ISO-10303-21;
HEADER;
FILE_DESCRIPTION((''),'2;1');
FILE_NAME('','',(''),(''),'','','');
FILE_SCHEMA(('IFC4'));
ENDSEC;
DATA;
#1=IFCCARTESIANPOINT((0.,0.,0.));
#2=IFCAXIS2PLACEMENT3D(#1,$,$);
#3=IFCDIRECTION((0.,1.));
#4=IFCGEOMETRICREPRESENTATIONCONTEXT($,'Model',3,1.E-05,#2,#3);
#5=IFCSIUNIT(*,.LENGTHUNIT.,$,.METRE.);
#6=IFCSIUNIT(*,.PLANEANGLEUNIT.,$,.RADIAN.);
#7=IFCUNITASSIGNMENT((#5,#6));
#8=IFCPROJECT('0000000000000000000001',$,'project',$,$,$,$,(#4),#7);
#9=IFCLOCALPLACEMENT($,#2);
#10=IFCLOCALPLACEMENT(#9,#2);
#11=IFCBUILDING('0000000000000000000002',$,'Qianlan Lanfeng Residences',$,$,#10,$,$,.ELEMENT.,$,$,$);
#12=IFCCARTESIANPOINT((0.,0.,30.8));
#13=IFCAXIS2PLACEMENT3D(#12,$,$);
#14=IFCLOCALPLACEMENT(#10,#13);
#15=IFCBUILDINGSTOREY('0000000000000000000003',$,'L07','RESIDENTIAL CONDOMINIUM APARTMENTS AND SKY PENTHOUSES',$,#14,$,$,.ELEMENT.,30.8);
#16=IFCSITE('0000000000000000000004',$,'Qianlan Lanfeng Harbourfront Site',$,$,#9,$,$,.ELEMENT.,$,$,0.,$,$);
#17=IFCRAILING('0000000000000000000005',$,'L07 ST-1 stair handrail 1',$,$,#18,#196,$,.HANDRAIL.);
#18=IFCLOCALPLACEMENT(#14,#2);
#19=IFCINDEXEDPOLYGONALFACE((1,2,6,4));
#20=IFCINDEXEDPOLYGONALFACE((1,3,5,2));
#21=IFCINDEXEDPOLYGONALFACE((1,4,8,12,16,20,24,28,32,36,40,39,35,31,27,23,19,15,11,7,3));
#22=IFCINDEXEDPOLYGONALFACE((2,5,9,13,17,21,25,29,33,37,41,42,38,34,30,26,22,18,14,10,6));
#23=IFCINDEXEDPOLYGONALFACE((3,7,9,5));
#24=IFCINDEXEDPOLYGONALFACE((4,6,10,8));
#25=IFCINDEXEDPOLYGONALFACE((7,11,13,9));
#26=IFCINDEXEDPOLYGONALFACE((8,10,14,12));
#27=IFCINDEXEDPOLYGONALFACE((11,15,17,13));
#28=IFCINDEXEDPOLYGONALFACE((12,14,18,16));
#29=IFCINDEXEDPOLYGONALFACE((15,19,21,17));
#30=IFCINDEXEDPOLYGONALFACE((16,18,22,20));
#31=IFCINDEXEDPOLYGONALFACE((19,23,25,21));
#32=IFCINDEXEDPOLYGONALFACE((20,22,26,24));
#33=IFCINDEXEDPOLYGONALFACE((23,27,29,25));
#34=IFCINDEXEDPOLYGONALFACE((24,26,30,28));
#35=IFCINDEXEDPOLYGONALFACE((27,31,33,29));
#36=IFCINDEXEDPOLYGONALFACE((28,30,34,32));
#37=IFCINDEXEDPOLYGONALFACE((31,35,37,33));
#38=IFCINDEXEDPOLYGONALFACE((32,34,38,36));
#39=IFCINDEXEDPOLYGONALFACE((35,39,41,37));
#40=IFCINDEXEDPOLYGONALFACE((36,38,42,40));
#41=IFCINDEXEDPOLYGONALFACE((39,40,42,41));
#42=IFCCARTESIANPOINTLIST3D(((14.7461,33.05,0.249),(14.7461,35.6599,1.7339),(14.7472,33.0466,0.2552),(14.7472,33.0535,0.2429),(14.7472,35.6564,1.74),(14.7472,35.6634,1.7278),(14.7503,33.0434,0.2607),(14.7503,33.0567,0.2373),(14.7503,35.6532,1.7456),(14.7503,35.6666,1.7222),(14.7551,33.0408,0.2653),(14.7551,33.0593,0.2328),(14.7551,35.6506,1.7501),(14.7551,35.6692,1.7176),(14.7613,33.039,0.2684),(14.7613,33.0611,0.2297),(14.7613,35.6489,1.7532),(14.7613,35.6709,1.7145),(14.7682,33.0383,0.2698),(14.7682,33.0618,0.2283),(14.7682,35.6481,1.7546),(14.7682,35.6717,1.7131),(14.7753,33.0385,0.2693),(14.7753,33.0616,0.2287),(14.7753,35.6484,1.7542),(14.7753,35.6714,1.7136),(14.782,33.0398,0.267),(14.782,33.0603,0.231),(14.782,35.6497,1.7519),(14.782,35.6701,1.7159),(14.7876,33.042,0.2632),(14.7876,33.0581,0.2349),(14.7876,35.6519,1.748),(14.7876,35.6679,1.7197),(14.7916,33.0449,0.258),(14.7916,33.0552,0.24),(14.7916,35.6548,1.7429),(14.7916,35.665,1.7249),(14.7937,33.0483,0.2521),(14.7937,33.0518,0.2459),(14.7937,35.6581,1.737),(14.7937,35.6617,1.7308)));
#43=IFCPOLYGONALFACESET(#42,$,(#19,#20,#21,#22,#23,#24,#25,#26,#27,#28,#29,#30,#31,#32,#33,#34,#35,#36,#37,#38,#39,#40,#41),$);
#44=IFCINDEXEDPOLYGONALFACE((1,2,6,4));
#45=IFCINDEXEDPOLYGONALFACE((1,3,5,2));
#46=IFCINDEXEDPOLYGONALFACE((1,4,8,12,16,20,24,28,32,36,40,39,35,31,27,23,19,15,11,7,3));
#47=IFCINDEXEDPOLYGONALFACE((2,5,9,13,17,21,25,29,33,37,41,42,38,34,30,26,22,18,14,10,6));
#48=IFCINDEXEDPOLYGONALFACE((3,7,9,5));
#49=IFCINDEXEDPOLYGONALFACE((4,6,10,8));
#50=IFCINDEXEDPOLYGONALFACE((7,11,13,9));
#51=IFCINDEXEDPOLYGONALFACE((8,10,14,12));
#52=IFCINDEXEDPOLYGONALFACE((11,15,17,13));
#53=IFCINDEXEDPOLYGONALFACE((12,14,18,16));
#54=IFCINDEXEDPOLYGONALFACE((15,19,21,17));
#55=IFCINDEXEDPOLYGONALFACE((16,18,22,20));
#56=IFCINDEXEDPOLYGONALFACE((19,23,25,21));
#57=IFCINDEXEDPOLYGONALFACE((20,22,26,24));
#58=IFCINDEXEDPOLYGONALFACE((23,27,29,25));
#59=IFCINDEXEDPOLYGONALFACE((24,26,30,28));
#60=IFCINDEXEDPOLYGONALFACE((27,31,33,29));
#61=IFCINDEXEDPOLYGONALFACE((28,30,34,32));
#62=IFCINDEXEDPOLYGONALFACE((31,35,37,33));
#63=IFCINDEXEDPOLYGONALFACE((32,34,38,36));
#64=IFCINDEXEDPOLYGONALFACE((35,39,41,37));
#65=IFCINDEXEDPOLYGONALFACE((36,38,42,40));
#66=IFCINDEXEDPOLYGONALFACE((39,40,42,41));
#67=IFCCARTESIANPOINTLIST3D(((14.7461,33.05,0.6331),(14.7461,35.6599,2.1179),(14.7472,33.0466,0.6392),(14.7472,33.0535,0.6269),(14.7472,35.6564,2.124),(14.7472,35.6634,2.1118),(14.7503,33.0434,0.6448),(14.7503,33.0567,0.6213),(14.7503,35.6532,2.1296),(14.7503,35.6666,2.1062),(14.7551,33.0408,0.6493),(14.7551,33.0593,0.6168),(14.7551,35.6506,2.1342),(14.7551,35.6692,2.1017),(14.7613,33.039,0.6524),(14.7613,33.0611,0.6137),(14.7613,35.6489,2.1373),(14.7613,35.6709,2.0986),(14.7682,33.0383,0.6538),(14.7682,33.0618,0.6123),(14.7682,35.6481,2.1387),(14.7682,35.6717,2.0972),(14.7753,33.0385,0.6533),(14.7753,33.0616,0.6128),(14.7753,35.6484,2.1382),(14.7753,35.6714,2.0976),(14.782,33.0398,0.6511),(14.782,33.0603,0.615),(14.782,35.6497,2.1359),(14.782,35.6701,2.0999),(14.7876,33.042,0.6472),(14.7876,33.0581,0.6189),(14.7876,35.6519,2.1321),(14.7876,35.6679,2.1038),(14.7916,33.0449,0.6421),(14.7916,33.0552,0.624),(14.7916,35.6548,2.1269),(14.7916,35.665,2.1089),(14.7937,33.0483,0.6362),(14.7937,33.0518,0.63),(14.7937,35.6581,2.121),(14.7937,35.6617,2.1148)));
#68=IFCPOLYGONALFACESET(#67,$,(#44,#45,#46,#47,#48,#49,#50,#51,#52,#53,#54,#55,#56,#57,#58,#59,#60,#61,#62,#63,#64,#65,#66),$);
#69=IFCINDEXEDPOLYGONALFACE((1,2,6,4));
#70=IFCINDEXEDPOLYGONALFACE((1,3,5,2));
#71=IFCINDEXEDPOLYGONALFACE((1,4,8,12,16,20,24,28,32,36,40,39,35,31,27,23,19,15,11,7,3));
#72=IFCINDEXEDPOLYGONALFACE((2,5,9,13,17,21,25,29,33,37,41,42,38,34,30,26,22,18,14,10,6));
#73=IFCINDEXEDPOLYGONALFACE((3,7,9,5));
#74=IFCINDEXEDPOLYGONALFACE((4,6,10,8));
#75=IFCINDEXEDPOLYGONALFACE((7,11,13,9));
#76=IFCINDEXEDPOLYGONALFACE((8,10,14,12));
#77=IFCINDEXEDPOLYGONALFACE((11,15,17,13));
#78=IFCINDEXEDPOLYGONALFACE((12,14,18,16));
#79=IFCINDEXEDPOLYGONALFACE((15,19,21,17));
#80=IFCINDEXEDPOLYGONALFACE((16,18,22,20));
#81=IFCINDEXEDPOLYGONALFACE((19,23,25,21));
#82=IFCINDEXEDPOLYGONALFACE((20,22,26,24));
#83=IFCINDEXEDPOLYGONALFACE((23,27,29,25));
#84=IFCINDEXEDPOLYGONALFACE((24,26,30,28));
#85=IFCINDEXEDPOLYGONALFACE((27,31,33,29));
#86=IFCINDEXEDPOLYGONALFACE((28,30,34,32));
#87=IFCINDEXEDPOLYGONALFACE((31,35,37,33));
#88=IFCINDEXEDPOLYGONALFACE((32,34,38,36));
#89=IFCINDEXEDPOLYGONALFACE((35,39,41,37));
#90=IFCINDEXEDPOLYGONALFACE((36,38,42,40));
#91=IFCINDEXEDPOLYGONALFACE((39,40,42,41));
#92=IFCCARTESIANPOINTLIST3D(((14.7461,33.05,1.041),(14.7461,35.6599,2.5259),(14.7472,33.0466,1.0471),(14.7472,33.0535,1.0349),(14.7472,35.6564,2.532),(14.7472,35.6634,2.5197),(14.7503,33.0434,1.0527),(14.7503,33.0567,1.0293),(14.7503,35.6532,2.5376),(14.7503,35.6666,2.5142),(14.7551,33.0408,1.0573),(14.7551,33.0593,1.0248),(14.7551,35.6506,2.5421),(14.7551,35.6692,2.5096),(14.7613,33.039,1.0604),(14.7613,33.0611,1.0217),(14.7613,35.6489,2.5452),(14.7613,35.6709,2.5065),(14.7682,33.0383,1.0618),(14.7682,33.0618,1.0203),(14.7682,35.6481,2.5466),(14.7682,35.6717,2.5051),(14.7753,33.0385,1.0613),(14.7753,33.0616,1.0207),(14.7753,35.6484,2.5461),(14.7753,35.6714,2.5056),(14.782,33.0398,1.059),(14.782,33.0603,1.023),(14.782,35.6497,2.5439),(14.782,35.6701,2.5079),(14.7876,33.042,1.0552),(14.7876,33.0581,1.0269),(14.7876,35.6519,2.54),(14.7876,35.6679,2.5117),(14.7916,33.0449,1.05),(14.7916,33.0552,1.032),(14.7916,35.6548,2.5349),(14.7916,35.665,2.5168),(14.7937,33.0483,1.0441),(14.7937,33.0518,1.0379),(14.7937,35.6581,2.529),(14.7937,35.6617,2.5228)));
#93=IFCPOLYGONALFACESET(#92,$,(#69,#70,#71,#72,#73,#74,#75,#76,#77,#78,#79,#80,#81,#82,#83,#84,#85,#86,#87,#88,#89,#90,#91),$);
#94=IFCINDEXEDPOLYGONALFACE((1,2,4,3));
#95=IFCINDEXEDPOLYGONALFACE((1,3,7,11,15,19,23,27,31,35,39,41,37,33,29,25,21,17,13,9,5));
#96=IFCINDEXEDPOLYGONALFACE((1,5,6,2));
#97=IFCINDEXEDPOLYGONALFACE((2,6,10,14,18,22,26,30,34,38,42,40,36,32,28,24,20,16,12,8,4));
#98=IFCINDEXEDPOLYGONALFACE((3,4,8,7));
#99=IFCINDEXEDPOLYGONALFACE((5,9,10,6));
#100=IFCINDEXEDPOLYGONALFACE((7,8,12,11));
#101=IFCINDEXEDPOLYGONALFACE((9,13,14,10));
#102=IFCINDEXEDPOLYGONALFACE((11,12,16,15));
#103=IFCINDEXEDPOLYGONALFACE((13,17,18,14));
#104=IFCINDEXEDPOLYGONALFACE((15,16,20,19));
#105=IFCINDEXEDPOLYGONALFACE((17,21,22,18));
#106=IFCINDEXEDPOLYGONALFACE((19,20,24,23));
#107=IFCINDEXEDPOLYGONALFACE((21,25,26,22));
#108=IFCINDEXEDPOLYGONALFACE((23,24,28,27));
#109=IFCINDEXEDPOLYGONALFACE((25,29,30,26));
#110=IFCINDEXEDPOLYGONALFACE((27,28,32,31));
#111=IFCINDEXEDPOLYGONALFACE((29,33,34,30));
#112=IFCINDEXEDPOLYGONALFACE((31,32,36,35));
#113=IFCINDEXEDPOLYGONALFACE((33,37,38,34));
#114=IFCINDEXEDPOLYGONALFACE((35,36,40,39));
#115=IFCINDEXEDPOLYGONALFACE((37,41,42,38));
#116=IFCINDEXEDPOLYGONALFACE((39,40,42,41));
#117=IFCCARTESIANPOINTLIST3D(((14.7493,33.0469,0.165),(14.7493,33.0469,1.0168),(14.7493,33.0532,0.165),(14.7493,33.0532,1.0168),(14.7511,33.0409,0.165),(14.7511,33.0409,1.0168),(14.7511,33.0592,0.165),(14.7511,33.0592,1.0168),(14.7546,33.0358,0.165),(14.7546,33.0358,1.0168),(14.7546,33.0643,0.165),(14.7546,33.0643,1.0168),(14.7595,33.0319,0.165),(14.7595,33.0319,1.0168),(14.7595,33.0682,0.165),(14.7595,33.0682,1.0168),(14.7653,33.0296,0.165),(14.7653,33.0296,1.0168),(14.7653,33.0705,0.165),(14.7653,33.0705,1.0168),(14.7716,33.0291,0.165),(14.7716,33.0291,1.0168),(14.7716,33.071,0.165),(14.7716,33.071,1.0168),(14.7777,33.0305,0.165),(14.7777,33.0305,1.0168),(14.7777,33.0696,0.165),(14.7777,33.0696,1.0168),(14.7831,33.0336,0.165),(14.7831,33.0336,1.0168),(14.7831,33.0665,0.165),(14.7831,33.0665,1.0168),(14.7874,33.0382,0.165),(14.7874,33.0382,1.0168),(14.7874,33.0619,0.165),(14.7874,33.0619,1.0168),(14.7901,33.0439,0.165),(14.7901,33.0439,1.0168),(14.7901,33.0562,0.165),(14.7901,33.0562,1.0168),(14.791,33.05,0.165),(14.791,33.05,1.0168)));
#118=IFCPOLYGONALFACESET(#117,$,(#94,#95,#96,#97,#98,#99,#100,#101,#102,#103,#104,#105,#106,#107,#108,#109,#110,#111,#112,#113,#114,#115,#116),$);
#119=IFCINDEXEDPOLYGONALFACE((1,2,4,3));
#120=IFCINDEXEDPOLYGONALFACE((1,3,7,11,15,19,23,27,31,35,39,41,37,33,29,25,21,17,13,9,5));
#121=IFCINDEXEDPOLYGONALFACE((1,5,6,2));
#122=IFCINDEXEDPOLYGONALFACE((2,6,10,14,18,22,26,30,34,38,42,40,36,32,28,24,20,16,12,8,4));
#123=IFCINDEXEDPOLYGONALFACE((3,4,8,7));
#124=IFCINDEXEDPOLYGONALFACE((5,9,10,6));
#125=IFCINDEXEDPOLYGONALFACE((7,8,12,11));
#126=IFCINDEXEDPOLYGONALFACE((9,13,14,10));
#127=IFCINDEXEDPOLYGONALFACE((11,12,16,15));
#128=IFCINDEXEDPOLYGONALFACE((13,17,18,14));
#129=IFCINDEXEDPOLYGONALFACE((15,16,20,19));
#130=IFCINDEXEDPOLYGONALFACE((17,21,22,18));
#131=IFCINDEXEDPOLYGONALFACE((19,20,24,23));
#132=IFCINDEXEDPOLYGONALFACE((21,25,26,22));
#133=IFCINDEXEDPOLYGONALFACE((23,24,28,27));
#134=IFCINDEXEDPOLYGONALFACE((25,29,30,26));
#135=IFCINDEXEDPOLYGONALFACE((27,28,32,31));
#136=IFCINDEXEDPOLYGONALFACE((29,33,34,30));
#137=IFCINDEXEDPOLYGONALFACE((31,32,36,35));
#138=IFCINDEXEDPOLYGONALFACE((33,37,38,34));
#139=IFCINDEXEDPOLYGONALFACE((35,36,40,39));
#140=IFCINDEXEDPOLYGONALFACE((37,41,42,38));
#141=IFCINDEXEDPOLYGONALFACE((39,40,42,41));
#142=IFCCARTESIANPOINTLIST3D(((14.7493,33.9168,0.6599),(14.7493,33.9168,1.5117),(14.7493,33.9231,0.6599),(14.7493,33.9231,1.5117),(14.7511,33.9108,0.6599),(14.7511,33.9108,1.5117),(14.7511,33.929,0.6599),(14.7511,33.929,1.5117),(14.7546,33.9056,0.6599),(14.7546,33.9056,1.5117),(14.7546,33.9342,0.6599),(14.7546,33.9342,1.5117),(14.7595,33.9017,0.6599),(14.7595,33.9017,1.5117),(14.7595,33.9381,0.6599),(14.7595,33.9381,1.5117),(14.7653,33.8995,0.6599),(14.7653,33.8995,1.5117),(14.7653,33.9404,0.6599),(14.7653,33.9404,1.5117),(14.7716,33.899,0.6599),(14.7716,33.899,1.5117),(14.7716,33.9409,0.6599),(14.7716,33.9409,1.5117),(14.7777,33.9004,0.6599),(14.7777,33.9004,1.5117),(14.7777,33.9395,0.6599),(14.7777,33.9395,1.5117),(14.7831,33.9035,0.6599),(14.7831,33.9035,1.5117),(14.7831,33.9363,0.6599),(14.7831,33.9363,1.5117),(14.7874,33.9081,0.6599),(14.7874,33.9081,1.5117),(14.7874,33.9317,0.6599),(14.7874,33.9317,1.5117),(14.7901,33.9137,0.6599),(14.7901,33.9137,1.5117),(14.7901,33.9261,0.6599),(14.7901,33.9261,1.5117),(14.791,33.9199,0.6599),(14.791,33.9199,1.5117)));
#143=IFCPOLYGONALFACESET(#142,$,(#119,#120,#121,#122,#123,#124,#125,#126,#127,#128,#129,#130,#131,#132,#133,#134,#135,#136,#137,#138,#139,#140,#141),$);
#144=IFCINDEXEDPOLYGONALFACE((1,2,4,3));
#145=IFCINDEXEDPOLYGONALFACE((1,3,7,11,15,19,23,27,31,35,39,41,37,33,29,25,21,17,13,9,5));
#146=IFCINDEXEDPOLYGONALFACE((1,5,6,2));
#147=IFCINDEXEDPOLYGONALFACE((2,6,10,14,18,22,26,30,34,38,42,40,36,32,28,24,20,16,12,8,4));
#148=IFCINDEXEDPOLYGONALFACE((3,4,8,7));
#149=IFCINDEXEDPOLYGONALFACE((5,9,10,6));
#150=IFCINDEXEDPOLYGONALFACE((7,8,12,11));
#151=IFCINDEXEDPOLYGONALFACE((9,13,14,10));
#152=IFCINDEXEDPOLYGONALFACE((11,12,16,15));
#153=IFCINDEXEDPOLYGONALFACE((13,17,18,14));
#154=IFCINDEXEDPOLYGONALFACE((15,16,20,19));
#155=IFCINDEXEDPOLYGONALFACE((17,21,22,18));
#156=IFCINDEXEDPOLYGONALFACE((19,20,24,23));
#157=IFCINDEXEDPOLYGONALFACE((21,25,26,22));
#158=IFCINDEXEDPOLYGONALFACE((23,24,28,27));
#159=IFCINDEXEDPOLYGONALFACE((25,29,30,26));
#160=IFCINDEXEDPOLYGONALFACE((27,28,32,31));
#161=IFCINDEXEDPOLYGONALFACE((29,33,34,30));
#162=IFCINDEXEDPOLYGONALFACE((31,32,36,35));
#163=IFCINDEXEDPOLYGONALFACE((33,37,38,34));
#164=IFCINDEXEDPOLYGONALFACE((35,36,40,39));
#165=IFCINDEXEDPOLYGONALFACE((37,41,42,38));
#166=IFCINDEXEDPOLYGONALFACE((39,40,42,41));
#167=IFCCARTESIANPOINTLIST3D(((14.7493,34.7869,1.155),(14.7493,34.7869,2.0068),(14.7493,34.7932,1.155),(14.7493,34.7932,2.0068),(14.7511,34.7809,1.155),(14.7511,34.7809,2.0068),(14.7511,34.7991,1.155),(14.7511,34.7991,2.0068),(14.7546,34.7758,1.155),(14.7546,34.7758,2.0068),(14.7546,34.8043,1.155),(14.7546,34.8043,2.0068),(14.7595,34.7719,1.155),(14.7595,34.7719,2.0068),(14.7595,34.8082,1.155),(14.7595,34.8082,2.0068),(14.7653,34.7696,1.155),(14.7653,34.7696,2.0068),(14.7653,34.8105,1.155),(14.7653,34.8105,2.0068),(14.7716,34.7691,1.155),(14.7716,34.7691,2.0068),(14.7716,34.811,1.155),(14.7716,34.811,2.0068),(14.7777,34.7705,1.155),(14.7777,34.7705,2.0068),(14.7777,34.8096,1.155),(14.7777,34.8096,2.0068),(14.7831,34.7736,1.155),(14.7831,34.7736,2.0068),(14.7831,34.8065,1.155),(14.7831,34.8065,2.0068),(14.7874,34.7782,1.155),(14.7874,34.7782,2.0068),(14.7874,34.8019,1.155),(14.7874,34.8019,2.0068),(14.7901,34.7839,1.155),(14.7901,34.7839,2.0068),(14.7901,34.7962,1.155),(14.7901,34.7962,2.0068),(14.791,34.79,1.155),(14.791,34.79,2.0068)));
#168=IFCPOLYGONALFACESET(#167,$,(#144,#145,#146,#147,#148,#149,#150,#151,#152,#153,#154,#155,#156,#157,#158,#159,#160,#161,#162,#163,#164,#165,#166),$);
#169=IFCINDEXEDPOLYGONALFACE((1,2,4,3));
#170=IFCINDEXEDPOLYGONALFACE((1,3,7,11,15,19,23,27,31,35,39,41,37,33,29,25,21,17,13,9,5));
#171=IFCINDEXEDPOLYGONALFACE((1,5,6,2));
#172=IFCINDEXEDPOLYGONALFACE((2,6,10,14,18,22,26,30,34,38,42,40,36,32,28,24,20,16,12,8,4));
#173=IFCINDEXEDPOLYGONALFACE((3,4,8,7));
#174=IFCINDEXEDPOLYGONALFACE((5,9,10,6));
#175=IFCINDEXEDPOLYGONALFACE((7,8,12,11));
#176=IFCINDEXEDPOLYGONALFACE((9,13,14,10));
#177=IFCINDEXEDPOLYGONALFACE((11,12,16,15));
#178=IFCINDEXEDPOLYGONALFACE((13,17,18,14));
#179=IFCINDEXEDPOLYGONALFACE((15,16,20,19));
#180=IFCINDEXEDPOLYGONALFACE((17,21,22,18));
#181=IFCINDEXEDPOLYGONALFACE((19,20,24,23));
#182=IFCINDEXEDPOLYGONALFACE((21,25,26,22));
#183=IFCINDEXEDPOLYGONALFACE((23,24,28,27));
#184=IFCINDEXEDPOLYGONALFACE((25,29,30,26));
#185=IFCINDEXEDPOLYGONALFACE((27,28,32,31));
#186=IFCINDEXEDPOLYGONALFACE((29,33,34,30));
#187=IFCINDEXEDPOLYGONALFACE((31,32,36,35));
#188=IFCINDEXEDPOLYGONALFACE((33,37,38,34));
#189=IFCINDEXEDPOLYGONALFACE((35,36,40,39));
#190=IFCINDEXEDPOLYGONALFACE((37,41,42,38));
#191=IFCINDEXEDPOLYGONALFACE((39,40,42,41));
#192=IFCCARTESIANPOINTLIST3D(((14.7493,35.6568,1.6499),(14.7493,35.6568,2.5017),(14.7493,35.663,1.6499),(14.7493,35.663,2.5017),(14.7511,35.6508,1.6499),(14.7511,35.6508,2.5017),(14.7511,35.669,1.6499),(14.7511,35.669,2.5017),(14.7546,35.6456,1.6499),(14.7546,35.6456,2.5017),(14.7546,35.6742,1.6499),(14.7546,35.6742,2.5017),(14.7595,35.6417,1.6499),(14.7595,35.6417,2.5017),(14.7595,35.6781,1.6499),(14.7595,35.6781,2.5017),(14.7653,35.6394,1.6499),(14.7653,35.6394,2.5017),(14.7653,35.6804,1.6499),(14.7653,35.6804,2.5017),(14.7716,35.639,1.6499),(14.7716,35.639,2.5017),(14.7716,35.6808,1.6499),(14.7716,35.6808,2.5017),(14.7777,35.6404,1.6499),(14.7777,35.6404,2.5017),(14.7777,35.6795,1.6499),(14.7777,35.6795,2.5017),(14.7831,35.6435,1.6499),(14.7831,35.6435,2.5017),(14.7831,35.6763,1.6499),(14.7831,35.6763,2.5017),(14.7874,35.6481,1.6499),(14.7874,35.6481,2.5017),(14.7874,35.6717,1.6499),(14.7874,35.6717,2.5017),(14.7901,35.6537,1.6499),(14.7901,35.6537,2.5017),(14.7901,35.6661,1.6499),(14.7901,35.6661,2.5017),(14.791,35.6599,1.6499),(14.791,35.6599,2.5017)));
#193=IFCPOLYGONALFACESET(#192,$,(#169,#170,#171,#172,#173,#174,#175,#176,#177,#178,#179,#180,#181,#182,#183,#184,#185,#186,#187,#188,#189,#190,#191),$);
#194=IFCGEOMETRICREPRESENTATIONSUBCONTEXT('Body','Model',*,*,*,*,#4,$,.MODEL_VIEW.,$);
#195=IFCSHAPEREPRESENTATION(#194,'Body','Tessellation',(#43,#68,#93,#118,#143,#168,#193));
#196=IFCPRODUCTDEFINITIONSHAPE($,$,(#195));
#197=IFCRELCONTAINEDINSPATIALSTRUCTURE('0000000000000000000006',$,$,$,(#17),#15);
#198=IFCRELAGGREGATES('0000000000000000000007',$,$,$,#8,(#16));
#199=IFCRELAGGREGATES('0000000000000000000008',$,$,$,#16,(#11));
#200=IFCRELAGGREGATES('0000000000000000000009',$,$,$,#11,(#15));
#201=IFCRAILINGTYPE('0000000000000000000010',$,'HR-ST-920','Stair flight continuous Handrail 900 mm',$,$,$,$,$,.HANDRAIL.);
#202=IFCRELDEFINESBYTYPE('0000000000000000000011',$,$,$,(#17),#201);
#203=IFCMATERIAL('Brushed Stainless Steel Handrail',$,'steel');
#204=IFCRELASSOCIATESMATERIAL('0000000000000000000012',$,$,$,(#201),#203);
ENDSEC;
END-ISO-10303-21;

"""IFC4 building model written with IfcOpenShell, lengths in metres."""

from ifc_helpers import new_model, si_unit, direction, frame, origin, origin_2d, place, context, subcontext, project, spatial, circle, extrude, material, type_object, element, save


model = new_model("IFC4")

# Units and contexts
model_context = context("Model", 3, precision=1e-05, world=origin(), true_north=direction((0.0, 1.0)))
body_context = subcontext(model_context, "Body", "Model", "MODEL_VIEW")
ifc_project = project(units=[si_unit("LENGTHUNIT", "METRE"), si_unit("PLANEANGLEUNIT", "RADIAN")], contexts=[model_context])

# Site, building, storey
site_placement = place(None, origin())
site = spatial("IfcSite", under=ifc_project, at=site_placement, Name="Qianlan Lanfeng Harbourfront Site", CompositionType="ELEMENT", RefElevation=0.0)
building_placement = place(site_placement, origin())
building = spatial("IfcBuilding", under=site, at=building_placement, Name="Qianlan Lanfeng Residences", CompositionType="ELEMENT")
storey_placement = place(building_placement, frame((0.0, 0.0, 30.8)))
storey = spatial("IfcBuildingStorey", under=building, at=storey_placement, Name="L07", Description="RESIDENTIAL CONDOMINIUM APARTMENTS AND SKY PENTHOUSES", CompositionType="ELEMENT", Elevation=30.8)

# Railing
ifc_material_1 = material(Name="Brushed Stainless Steel Handrail", Category="steel")
railing_type_1 = type_object("IfcRailingType", Name="HR-ST-920", Description="Stair flight continuous Handrail 900 mm", PredefinedType="HANDRAIL", material=ifc_material_1)
railing_1_placement = place(storey_placement, frame((14.77, 33.05, 0.165)))
element("IfcRailing", 1, at=railing_1_placement, inside=storey, type_object=railing_type_1, Name="L07 ST-1 stair handrail 1", PredefinedType="HANDRAIL", context=body_context, shape_type="SweptSolid", body=[
    extrude(circle(Radius=0.0239, at=origin_2d()), frame((0.0, 0.0, 0.084), z_axis=(0.0, 0.869172, 0.494509), x_axis=(-1.0, 0.0, 0.0)), (0.0, 0.0, 1.0), 3.0027),
    extrude(circle(Radius=0.0239, at=origin_2d()), frame((0.0, 0.0, 0.468), z_axis=(0.0, 0.869172, 0.494509), x_axis=(-1.0, 0.0, 0.0)), (0.0, 0.0, 1.0), 3.0027),
    extrude(circle(Radius=0.0239, at=origin_2d()), frame((0.0, 0.0, 0.876), z_axis=(0.0, 0.869172, 0.494509), x_axis=(-1.0, 0.0, 0.0)), (0.0, 0.0, 1.0), 3.0027),
    extrude(circle(Radius=0.021, at=origin_2d()), origin(), (0.0, 0.0, 1.0), 0.8518),
    extrude(circle(Radius=0.021, at=origin_2d()), frame((0.0, 0.8699, 0.4949)), (0.0, 0.0, 1.0), 0.8518),
    extrude(circle(Radius=0.021, at=origin_2d()), frame((0.0, 1.74, 0.99)), (0.0, 0.0, 1.0), 0.8518),
    extrude(circle(Radius=0.021, at=origin_2d()), frame((0.0, 2.6099, 1.4849)), (0.0, 0.0, 1.0), 0.8518),
])

save(model, "model.ifc")
